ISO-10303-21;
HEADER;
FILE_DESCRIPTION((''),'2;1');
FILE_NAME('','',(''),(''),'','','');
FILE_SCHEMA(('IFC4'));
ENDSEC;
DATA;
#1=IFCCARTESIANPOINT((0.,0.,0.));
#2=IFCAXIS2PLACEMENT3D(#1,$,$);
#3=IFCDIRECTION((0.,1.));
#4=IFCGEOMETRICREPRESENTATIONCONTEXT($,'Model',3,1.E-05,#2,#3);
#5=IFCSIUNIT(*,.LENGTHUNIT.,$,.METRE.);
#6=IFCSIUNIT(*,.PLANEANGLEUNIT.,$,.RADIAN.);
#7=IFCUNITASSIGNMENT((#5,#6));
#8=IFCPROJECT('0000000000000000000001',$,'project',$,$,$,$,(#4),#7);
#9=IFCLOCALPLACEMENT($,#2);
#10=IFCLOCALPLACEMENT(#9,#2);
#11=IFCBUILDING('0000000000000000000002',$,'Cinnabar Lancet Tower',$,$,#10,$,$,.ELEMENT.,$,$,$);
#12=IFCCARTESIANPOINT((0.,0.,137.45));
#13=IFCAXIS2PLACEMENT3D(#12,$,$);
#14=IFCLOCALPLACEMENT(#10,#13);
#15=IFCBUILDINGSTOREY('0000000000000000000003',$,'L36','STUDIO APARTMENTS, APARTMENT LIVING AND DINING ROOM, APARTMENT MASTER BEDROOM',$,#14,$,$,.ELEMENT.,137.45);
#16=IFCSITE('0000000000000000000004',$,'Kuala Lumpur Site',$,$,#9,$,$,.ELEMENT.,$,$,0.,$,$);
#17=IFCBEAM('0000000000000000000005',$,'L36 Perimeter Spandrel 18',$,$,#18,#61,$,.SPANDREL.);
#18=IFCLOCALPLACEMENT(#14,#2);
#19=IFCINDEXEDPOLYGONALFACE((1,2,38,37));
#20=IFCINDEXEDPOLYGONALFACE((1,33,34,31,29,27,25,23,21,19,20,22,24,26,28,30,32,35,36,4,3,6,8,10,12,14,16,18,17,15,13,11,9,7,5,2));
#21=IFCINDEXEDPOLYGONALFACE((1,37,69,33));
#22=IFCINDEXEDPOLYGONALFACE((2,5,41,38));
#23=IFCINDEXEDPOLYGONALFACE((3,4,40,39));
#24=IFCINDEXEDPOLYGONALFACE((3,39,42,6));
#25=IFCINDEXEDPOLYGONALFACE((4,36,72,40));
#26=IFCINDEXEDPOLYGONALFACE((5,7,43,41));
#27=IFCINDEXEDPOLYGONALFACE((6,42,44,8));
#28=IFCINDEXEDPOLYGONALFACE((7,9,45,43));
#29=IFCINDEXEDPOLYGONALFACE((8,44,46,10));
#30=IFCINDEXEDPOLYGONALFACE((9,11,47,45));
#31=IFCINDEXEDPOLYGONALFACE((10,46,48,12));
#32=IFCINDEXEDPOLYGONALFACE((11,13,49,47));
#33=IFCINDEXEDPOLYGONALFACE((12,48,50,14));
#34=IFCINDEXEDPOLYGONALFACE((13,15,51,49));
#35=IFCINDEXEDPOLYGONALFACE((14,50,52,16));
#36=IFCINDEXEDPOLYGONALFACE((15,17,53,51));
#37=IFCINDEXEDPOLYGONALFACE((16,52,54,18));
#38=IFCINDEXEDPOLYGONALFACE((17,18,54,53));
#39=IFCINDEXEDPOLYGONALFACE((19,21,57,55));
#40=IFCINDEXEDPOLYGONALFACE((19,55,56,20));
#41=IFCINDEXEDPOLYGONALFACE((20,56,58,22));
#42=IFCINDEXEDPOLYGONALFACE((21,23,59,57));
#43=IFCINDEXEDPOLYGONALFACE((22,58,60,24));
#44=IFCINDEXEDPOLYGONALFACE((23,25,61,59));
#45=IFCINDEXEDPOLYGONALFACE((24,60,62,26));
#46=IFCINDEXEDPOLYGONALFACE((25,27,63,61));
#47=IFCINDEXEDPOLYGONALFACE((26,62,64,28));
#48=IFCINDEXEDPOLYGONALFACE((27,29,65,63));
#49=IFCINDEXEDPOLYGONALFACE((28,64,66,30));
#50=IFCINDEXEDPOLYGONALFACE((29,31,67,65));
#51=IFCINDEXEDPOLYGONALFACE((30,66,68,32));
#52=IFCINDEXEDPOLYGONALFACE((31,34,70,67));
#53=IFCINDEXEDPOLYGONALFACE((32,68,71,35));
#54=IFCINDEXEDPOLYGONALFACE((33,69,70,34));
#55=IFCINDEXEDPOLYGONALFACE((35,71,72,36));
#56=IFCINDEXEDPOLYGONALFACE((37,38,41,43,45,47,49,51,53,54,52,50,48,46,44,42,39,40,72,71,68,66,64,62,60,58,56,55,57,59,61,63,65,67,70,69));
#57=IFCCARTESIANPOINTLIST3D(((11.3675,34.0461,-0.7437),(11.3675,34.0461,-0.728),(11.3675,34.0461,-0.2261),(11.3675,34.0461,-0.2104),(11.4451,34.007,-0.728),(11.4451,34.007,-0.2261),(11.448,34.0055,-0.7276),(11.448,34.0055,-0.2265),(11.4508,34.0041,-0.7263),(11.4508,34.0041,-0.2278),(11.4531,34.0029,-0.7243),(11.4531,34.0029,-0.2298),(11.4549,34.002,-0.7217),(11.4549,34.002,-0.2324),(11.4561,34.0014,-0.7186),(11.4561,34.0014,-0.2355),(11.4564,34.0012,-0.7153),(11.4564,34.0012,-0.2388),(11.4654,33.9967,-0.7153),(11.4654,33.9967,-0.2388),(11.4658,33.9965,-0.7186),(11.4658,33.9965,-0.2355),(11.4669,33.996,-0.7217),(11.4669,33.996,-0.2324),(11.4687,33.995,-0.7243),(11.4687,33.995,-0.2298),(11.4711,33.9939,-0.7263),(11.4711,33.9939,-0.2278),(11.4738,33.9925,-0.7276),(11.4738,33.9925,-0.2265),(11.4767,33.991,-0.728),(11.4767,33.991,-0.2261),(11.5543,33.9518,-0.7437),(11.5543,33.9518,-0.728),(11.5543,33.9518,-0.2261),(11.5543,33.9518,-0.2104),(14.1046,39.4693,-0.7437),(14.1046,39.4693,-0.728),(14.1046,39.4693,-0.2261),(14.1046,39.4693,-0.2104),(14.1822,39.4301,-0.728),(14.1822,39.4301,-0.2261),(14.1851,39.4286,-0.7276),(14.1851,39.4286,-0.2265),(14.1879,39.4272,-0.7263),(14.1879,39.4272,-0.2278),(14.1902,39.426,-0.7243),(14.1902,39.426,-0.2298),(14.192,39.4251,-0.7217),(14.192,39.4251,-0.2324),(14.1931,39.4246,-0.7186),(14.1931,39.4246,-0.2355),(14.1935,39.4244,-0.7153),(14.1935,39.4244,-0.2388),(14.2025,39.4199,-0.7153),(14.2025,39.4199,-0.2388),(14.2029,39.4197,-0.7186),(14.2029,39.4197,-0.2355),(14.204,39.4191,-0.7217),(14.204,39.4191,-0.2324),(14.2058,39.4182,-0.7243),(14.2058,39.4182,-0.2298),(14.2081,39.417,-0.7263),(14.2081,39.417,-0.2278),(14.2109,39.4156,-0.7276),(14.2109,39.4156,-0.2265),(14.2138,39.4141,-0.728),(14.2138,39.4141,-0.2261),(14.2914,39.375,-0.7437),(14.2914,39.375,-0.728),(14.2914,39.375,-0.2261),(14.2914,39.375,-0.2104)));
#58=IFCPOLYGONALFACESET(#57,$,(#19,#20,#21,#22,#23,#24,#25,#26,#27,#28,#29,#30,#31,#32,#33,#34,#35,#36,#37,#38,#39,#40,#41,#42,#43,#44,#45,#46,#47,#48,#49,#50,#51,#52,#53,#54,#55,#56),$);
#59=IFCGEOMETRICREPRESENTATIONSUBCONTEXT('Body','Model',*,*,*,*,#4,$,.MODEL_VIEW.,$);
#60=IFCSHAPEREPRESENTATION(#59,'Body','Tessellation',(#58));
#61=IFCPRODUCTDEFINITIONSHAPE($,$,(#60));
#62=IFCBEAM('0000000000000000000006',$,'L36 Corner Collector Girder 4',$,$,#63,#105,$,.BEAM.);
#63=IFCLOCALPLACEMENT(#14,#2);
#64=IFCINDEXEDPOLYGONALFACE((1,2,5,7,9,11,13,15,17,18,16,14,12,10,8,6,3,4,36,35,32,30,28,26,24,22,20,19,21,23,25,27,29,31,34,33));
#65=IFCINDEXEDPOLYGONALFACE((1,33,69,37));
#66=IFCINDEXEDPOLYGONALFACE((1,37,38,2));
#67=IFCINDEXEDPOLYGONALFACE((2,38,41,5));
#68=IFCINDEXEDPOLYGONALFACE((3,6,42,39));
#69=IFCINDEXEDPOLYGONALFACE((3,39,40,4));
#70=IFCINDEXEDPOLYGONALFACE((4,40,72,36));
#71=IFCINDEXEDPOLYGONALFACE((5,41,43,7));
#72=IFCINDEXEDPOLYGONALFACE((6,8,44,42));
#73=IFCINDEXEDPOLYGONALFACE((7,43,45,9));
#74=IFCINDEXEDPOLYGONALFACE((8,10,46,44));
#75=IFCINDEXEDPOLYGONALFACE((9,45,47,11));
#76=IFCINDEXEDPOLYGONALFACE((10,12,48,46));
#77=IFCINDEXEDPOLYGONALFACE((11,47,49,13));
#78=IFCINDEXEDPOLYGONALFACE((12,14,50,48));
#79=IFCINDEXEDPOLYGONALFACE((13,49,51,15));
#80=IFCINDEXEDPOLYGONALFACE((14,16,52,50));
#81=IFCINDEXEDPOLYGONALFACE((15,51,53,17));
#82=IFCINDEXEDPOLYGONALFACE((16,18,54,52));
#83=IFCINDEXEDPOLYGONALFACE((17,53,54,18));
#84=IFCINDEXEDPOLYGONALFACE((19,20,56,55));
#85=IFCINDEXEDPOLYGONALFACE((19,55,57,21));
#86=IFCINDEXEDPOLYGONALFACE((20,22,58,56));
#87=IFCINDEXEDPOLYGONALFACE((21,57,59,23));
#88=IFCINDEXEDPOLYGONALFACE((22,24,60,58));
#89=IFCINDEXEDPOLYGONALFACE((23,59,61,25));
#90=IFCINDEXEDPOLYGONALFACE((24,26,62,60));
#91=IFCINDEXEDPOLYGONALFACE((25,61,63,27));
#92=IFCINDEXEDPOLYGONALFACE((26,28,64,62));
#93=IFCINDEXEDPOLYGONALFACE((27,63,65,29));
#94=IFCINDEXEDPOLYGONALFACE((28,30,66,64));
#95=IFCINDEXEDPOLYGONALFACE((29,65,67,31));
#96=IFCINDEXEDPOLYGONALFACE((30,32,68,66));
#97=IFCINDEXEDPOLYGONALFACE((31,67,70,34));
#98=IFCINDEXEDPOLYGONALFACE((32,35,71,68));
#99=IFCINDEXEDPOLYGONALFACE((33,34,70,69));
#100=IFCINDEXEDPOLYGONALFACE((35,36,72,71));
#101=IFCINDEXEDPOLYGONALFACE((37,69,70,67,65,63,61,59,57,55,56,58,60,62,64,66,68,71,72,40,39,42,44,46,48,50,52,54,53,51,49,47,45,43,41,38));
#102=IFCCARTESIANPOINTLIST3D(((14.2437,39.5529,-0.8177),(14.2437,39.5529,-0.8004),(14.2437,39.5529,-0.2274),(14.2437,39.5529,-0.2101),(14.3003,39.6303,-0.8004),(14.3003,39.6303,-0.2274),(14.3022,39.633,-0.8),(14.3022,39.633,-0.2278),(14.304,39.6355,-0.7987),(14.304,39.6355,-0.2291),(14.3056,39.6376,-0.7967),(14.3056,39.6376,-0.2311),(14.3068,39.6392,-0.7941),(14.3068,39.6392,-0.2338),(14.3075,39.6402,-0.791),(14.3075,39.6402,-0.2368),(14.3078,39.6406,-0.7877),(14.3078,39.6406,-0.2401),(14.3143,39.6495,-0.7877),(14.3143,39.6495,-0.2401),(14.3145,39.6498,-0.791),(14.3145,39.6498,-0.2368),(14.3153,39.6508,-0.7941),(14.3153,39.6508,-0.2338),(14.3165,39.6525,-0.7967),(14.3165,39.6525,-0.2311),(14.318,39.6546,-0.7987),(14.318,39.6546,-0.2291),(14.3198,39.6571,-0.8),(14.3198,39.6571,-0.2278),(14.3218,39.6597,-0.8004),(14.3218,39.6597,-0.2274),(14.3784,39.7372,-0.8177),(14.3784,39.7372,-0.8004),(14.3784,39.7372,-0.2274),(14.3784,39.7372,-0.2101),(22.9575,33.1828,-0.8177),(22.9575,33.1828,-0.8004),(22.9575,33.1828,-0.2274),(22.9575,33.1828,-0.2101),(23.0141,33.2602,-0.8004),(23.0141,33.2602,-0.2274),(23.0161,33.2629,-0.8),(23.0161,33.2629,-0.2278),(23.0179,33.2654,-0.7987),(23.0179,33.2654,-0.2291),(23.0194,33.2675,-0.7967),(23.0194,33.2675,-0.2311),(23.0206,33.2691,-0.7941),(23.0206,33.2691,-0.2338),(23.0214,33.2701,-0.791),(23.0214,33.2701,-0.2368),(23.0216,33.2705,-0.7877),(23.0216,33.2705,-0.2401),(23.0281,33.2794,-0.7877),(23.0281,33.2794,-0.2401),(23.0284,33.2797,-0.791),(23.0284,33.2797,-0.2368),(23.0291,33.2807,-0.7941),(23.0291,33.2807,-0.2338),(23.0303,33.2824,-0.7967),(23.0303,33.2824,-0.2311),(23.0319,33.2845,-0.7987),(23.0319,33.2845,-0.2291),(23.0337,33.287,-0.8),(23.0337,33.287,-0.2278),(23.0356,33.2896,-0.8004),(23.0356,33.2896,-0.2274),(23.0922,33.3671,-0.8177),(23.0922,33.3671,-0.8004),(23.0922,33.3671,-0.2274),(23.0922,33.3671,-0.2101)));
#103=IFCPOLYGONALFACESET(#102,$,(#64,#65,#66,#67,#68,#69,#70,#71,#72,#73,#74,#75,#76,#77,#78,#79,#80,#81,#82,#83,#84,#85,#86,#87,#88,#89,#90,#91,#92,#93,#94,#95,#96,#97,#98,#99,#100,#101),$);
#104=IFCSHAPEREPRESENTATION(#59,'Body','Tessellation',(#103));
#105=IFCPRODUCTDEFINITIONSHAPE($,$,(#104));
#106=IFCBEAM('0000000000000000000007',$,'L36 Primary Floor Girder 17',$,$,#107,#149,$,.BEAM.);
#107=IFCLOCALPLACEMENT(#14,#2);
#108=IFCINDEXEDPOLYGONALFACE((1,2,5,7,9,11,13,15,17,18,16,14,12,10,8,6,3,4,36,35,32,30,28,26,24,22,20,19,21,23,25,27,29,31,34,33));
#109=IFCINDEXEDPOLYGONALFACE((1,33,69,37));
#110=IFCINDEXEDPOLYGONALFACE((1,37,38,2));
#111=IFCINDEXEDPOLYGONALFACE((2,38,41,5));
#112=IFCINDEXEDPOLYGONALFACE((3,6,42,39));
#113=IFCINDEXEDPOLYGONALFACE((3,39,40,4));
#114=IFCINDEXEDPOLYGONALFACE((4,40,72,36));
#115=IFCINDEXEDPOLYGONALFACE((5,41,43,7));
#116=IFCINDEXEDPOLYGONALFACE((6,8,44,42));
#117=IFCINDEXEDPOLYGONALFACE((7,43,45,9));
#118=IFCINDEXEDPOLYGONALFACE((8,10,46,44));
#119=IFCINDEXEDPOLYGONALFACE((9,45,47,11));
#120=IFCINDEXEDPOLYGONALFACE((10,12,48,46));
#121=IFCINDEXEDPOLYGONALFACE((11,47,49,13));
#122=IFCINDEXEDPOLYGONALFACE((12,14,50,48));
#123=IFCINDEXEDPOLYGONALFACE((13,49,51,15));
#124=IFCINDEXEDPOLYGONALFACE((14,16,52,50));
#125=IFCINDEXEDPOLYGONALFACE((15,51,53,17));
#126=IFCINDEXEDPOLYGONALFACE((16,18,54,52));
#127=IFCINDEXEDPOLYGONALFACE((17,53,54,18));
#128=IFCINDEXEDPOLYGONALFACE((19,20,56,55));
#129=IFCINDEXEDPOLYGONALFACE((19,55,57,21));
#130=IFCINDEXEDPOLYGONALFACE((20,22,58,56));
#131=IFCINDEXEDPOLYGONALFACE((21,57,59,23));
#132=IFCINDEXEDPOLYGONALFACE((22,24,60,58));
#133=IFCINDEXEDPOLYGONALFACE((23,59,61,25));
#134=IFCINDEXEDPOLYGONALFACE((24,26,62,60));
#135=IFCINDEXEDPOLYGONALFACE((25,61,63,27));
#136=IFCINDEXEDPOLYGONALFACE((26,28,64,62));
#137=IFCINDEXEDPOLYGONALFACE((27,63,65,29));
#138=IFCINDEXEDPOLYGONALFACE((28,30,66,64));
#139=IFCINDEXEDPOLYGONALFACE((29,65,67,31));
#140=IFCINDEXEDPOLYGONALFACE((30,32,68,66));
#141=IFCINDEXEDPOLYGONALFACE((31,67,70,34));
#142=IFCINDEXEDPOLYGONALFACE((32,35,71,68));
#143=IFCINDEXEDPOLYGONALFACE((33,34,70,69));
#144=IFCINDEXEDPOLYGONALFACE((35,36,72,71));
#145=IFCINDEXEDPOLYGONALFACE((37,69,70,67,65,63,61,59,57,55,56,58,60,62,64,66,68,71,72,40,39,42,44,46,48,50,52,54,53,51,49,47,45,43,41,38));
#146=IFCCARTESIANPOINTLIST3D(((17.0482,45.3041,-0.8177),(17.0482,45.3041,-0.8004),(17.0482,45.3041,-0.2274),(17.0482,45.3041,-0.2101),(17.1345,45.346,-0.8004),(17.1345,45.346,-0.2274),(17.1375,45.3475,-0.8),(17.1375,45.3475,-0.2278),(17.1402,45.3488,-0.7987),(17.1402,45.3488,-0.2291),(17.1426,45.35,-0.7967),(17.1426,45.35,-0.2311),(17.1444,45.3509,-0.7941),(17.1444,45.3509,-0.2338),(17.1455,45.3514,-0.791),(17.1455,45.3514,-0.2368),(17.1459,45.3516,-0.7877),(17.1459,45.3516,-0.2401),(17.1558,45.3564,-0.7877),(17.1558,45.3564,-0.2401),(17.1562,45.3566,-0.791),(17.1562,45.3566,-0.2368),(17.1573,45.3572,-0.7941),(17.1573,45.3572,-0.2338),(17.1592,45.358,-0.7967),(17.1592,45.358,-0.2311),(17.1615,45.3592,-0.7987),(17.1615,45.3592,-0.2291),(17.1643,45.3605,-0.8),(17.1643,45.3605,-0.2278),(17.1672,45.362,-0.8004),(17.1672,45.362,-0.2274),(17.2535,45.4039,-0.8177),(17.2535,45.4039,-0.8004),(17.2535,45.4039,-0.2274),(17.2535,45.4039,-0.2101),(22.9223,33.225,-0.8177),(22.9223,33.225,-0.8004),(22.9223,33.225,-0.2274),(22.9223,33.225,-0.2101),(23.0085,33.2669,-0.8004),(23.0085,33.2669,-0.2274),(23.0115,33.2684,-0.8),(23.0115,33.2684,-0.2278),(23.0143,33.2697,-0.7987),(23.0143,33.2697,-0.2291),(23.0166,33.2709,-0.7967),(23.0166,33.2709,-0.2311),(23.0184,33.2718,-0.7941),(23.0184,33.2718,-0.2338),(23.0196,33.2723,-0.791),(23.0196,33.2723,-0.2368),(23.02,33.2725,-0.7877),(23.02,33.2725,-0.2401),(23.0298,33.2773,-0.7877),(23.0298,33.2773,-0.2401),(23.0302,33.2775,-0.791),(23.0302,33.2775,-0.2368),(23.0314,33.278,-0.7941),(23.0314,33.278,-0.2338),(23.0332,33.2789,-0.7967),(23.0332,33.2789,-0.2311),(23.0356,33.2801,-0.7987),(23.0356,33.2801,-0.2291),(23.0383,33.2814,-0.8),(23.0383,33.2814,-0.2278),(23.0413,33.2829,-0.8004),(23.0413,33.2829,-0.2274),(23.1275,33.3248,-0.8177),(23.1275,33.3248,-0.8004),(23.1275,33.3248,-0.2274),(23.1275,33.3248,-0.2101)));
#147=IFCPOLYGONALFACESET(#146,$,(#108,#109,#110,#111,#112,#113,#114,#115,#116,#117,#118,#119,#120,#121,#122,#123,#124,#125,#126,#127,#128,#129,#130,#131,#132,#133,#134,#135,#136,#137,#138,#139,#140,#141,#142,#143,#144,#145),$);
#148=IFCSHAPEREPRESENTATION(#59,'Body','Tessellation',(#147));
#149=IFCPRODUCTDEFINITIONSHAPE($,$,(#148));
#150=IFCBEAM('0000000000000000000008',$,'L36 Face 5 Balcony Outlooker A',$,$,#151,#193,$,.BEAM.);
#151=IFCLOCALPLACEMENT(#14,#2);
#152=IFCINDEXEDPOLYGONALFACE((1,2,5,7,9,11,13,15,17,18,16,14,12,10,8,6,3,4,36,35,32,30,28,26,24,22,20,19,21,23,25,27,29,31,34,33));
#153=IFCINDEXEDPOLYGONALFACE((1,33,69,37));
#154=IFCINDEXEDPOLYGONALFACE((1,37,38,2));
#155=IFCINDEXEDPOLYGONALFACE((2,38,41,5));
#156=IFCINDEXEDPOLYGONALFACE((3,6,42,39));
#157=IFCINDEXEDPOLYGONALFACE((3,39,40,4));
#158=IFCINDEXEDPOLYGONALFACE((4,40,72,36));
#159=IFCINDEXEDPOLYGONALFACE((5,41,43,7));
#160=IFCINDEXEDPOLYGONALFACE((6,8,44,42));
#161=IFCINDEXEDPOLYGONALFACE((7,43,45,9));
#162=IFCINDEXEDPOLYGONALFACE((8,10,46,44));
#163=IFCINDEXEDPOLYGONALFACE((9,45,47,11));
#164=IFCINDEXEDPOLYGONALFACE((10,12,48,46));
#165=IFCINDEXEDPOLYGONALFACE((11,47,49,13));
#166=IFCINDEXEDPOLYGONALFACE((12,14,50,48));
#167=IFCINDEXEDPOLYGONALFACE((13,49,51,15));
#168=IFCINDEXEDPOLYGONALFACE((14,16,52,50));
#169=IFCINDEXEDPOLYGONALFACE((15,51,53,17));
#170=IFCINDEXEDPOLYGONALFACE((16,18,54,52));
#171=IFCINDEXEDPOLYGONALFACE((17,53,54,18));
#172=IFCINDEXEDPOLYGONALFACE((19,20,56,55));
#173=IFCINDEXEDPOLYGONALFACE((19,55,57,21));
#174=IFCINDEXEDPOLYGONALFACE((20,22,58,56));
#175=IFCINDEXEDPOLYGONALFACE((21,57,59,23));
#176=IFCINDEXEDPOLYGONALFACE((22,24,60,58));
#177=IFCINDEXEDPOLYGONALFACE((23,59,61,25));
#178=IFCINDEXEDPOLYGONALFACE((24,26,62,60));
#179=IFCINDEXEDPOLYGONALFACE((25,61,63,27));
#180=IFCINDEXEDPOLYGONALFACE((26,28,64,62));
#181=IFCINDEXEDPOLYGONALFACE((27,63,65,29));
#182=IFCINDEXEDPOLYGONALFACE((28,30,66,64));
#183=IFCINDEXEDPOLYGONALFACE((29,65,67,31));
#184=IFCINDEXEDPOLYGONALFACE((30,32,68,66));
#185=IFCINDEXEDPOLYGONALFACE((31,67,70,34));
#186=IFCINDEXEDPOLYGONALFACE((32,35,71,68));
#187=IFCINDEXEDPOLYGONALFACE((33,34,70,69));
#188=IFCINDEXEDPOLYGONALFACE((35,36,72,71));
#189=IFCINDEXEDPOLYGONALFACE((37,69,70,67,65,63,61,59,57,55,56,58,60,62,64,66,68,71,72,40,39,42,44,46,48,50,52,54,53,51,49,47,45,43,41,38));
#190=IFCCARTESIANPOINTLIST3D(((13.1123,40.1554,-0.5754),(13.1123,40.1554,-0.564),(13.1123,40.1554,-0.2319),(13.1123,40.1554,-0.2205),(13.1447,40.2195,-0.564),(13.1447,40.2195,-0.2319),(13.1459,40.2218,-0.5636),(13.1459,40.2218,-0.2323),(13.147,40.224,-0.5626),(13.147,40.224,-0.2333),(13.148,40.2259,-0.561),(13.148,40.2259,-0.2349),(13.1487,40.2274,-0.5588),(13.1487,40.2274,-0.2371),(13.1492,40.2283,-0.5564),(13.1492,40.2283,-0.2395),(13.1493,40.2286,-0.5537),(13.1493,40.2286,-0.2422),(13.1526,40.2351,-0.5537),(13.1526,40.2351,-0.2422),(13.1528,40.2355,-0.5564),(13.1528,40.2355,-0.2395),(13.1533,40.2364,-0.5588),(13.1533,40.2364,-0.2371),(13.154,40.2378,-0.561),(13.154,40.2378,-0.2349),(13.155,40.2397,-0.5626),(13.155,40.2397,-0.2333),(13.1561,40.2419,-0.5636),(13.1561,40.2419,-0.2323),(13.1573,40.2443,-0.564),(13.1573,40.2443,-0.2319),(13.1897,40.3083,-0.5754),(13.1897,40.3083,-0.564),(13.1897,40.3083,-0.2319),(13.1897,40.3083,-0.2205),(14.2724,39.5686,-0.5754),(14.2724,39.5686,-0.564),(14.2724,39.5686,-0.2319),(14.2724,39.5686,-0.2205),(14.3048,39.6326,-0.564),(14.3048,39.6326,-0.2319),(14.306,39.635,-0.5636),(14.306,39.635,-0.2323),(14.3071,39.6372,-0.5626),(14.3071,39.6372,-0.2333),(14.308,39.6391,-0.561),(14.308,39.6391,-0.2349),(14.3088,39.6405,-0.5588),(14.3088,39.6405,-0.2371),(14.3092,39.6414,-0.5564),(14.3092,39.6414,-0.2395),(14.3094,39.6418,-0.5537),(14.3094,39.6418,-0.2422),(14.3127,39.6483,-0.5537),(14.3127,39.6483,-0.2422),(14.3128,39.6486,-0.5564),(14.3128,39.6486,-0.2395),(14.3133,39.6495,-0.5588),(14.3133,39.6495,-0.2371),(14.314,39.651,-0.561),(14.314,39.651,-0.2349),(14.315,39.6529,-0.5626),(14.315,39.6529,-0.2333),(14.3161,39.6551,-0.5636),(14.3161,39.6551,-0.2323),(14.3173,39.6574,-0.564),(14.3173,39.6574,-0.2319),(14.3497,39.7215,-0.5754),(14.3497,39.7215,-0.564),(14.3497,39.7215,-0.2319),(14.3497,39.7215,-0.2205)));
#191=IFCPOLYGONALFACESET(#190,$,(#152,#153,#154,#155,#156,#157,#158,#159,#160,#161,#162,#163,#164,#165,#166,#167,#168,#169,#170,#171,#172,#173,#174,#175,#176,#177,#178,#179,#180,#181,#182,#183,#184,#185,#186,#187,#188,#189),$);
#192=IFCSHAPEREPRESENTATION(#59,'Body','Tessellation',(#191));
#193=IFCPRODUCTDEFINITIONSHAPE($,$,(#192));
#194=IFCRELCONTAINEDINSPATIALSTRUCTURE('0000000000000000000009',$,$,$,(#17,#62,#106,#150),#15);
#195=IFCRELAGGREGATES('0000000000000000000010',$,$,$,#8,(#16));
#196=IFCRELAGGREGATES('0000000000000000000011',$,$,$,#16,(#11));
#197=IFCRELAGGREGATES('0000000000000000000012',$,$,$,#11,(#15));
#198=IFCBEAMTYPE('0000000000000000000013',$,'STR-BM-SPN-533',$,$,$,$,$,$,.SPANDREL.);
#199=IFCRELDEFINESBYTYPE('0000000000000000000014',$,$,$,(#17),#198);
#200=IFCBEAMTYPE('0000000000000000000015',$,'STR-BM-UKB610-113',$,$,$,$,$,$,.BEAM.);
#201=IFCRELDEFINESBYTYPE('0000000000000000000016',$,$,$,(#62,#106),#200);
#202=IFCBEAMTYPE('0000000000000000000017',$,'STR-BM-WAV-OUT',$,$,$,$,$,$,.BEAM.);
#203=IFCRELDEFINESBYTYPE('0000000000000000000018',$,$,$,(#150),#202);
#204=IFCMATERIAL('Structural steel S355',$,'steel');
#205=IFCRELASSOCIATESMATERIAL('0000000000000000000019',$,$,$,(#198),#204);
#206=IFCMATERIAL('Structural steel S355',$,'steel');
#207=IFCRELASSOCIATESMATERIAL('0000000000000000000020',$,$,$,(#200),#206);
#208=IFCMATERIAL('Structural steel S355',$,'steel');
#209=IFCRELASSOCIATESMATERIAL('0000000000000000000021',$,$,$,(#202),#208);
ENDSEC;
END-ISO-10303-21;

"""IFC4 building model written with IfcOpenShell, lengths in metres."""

from ifc_helpers import new_model, si_unit, direction, frame, origin, origin_2d, place, context, subcontext, project, spatial, i_section, extrude, material, material_profile, profile_set, type_object, element, save


model = new_model("IFC4")

# Units and contexts
model_context = context("Model", 3, precision=1e-05, world=origin(), true_north=direction((0.0, 1.0)))
body_context = subcontext(model_context, "Body", "Model", "MODEL_VIEW")
ifc_project = project(units=[si_unit("LENGTHUNIT", "METRE"), si_unit("PLANEANGLEUNIT", "RADIAN")], contexts=[model_context])

# Site, building, storey
site_placement = place(None, origin())
site = spatial("IfcSite", under=ifc_project, at=site_placement, Name="Kuala Lumpur Site", CompositionType="ELEMENT", RefElevation=0.0)
building_placement = place(site_placement, origin())
building = spatial("IfcBuilding", under=site, at=building_placement, Name="Cinnabar Lancet Tower", CompositionType="ELEMENT")
storey_placement = place(building_placement, frame((0.0, 0.0, 137.45)))
storey = spatial("IfcBuildingStorey", under=building, at=storey_placement, Name="L36", Description="STUDIO APARTMENTS, APARTMENT LIVING AND DINING ROOM, APARTMENT MASTER BEDROOM", CompositionType="ELEMENT", Elevation=137.45)

# Beams
ifc_material_1 = material(Name="Structural steel S355", Category="steel")
ifc_material_profile_1 = material_profile(ifc_material_1, i_section(OverallWidth=0.2092, OverallDepth=0.5332, WebThickness=0.01, FlangeThickness=0.0156, FilletRadius=0.0127, at=origin_2d()), Name="UKB 533x210x92")
ifc_profile_set_1 = profile_set([ifc_material_profile_1], Name="Structural steel S355")
beam_type_1 = type_object("IfcBeamType", Name="STR-BM-SPN-533", PredefinedType="SPANDREL", material=ifc_profile_set_1)
beam_1_placement = place(storey_placement, frame((14.198, 39.4221, -0.4771), z_axis=(-0.45057, -0.892741, 0.0), x_axis=(0.892741, -0.45057, 0.0)))
element("IfcBeam", 1, at=beam_1_placement, inside=storey, type_object=beam_type_1, Name="L36 Perimeter Spandrel 18", PredefinedType="SPANDREL", context=body_context, shape_type="SweptSolid", body=[
    extrude(i_section(OverallWidth=0.2092, OverallDepth=0.5332, WebThickness=0.01, FlangeThickness=0.0156, FilletRadius=0.0127, at=origin_2d()), origin(), (0.0, 0.0, 1.0), 6.0747),
])
ifc_material_2 = material(Name="Structural steel S355", Category="steel")
ifc_material_profile_2 = material_profile(ifc_material_2, i_section(OverallWidth=0.2283, OverallDepth=0.6077, WebThickness=0.011, FlangeThickness=0.0173, FilletRadius=0.0127, at=origin_2d()), Name="UKB 610x229x113")
ifc_profile_set_2 = profile_set([ifc_material_profile_2], Name="Structural steel S355")
beam_type_2 = type_object("IfcBeamType", Name="STR-BM-UKB610-113", PredefinedType="BEAM", material=ifc_profile_set_2)
beam_2_placement = place(storey_placement, frame((14.311, 39.645, -0.5139), z_axis=(0.80729, -0.590155, 0.0), x_axis=(0.590155, 0.80729, 0.0)))
element("IfcBeam", 2, at=beam_2_placement, inside=storey, type_object=beam_type_2, Name="L36 Corner Collector Girder 4", PredefinedType="BEAM", context=body_context, shape_type="SweptSolid", body=[
    extrude(i_section(OverallWidth=0.2283, OverallDepth=0.6077, WebThickness=0.011, FlangeThickness=0.0173, FilletRadius=0.0127, at=origin_2d()), origin(), (0.0, 0.0, 1.0), 10.7939),
])
beam_3_placement = place(storey_placement, frame((17.1509, 45.354, -0.5139), z_axis=(0.437327, -0.899302, 0.0), x_axis=(0.899302, 0.437327, 0.0)))
element("IfcBeam", 3, at=beam_3_placement, inside=storey, type_object=beam_type_2, Name="L36 Primary Floor Girder 17", PredefinedType="BEAM", context=body_context, shape_type="SweptSolid", body=[
    extrude(i_section(OverallWidth=0.2283, OverallDepth=0.6077, WebThickness=0.011, FlangeThickness=0.0173, FilletRadius=0.0127, at=origin_2d()), origin(), (0.0, 0.0, 1.0), 13.4316),
])
ifc_material_3 = material(Name="Structural steel S355", Category="steel")
ifc_material_profile_3 = material_profile(ifc_material_3, i_section(OverallWidth=0.1714, OverallDepth=0.355, WebThickness=0.0073, FlangeThickness=0.0115, FilletRadius=0.0103, at=origin_2d()), Name="UKB 356x171x51")
ifc_profile_set_3 = profile_set([ifc_material_profile_3], Name="Structural steel S355")
beam_type_3 = type_object("IfcBeamType", Name="STR-BM-WAV-OUT", PredefinedType="BEAM", material=ifc_profile_set_3)
beam_4_placement = place(storey_placement, frame((14.311, 39.645, -0.3979), z_axis=(-0.892314, 0.451415, 0.0), x_axis=(-0.451415, -0.892314, 0.0)))
element("IfcBeam", 4, at=beam_4_placement, inside=storey, type_object=beam_type_3, Name="L36 Face 5 Balcony Outlooker A", PredefinedType="BEAM", context=body_context, shape_type="SweptSolid", body=[
    extrude(i_section(OverallWidth=0.1714, OverallDepth=0.355, WebThickness=0.0073, FlangeThickness=0.0115, FilletRadius=0.0103, at=origin_2d()), origin(), (0.0, 0.0, 1.0), 1.3),
])

save(model, "model.ifc")
